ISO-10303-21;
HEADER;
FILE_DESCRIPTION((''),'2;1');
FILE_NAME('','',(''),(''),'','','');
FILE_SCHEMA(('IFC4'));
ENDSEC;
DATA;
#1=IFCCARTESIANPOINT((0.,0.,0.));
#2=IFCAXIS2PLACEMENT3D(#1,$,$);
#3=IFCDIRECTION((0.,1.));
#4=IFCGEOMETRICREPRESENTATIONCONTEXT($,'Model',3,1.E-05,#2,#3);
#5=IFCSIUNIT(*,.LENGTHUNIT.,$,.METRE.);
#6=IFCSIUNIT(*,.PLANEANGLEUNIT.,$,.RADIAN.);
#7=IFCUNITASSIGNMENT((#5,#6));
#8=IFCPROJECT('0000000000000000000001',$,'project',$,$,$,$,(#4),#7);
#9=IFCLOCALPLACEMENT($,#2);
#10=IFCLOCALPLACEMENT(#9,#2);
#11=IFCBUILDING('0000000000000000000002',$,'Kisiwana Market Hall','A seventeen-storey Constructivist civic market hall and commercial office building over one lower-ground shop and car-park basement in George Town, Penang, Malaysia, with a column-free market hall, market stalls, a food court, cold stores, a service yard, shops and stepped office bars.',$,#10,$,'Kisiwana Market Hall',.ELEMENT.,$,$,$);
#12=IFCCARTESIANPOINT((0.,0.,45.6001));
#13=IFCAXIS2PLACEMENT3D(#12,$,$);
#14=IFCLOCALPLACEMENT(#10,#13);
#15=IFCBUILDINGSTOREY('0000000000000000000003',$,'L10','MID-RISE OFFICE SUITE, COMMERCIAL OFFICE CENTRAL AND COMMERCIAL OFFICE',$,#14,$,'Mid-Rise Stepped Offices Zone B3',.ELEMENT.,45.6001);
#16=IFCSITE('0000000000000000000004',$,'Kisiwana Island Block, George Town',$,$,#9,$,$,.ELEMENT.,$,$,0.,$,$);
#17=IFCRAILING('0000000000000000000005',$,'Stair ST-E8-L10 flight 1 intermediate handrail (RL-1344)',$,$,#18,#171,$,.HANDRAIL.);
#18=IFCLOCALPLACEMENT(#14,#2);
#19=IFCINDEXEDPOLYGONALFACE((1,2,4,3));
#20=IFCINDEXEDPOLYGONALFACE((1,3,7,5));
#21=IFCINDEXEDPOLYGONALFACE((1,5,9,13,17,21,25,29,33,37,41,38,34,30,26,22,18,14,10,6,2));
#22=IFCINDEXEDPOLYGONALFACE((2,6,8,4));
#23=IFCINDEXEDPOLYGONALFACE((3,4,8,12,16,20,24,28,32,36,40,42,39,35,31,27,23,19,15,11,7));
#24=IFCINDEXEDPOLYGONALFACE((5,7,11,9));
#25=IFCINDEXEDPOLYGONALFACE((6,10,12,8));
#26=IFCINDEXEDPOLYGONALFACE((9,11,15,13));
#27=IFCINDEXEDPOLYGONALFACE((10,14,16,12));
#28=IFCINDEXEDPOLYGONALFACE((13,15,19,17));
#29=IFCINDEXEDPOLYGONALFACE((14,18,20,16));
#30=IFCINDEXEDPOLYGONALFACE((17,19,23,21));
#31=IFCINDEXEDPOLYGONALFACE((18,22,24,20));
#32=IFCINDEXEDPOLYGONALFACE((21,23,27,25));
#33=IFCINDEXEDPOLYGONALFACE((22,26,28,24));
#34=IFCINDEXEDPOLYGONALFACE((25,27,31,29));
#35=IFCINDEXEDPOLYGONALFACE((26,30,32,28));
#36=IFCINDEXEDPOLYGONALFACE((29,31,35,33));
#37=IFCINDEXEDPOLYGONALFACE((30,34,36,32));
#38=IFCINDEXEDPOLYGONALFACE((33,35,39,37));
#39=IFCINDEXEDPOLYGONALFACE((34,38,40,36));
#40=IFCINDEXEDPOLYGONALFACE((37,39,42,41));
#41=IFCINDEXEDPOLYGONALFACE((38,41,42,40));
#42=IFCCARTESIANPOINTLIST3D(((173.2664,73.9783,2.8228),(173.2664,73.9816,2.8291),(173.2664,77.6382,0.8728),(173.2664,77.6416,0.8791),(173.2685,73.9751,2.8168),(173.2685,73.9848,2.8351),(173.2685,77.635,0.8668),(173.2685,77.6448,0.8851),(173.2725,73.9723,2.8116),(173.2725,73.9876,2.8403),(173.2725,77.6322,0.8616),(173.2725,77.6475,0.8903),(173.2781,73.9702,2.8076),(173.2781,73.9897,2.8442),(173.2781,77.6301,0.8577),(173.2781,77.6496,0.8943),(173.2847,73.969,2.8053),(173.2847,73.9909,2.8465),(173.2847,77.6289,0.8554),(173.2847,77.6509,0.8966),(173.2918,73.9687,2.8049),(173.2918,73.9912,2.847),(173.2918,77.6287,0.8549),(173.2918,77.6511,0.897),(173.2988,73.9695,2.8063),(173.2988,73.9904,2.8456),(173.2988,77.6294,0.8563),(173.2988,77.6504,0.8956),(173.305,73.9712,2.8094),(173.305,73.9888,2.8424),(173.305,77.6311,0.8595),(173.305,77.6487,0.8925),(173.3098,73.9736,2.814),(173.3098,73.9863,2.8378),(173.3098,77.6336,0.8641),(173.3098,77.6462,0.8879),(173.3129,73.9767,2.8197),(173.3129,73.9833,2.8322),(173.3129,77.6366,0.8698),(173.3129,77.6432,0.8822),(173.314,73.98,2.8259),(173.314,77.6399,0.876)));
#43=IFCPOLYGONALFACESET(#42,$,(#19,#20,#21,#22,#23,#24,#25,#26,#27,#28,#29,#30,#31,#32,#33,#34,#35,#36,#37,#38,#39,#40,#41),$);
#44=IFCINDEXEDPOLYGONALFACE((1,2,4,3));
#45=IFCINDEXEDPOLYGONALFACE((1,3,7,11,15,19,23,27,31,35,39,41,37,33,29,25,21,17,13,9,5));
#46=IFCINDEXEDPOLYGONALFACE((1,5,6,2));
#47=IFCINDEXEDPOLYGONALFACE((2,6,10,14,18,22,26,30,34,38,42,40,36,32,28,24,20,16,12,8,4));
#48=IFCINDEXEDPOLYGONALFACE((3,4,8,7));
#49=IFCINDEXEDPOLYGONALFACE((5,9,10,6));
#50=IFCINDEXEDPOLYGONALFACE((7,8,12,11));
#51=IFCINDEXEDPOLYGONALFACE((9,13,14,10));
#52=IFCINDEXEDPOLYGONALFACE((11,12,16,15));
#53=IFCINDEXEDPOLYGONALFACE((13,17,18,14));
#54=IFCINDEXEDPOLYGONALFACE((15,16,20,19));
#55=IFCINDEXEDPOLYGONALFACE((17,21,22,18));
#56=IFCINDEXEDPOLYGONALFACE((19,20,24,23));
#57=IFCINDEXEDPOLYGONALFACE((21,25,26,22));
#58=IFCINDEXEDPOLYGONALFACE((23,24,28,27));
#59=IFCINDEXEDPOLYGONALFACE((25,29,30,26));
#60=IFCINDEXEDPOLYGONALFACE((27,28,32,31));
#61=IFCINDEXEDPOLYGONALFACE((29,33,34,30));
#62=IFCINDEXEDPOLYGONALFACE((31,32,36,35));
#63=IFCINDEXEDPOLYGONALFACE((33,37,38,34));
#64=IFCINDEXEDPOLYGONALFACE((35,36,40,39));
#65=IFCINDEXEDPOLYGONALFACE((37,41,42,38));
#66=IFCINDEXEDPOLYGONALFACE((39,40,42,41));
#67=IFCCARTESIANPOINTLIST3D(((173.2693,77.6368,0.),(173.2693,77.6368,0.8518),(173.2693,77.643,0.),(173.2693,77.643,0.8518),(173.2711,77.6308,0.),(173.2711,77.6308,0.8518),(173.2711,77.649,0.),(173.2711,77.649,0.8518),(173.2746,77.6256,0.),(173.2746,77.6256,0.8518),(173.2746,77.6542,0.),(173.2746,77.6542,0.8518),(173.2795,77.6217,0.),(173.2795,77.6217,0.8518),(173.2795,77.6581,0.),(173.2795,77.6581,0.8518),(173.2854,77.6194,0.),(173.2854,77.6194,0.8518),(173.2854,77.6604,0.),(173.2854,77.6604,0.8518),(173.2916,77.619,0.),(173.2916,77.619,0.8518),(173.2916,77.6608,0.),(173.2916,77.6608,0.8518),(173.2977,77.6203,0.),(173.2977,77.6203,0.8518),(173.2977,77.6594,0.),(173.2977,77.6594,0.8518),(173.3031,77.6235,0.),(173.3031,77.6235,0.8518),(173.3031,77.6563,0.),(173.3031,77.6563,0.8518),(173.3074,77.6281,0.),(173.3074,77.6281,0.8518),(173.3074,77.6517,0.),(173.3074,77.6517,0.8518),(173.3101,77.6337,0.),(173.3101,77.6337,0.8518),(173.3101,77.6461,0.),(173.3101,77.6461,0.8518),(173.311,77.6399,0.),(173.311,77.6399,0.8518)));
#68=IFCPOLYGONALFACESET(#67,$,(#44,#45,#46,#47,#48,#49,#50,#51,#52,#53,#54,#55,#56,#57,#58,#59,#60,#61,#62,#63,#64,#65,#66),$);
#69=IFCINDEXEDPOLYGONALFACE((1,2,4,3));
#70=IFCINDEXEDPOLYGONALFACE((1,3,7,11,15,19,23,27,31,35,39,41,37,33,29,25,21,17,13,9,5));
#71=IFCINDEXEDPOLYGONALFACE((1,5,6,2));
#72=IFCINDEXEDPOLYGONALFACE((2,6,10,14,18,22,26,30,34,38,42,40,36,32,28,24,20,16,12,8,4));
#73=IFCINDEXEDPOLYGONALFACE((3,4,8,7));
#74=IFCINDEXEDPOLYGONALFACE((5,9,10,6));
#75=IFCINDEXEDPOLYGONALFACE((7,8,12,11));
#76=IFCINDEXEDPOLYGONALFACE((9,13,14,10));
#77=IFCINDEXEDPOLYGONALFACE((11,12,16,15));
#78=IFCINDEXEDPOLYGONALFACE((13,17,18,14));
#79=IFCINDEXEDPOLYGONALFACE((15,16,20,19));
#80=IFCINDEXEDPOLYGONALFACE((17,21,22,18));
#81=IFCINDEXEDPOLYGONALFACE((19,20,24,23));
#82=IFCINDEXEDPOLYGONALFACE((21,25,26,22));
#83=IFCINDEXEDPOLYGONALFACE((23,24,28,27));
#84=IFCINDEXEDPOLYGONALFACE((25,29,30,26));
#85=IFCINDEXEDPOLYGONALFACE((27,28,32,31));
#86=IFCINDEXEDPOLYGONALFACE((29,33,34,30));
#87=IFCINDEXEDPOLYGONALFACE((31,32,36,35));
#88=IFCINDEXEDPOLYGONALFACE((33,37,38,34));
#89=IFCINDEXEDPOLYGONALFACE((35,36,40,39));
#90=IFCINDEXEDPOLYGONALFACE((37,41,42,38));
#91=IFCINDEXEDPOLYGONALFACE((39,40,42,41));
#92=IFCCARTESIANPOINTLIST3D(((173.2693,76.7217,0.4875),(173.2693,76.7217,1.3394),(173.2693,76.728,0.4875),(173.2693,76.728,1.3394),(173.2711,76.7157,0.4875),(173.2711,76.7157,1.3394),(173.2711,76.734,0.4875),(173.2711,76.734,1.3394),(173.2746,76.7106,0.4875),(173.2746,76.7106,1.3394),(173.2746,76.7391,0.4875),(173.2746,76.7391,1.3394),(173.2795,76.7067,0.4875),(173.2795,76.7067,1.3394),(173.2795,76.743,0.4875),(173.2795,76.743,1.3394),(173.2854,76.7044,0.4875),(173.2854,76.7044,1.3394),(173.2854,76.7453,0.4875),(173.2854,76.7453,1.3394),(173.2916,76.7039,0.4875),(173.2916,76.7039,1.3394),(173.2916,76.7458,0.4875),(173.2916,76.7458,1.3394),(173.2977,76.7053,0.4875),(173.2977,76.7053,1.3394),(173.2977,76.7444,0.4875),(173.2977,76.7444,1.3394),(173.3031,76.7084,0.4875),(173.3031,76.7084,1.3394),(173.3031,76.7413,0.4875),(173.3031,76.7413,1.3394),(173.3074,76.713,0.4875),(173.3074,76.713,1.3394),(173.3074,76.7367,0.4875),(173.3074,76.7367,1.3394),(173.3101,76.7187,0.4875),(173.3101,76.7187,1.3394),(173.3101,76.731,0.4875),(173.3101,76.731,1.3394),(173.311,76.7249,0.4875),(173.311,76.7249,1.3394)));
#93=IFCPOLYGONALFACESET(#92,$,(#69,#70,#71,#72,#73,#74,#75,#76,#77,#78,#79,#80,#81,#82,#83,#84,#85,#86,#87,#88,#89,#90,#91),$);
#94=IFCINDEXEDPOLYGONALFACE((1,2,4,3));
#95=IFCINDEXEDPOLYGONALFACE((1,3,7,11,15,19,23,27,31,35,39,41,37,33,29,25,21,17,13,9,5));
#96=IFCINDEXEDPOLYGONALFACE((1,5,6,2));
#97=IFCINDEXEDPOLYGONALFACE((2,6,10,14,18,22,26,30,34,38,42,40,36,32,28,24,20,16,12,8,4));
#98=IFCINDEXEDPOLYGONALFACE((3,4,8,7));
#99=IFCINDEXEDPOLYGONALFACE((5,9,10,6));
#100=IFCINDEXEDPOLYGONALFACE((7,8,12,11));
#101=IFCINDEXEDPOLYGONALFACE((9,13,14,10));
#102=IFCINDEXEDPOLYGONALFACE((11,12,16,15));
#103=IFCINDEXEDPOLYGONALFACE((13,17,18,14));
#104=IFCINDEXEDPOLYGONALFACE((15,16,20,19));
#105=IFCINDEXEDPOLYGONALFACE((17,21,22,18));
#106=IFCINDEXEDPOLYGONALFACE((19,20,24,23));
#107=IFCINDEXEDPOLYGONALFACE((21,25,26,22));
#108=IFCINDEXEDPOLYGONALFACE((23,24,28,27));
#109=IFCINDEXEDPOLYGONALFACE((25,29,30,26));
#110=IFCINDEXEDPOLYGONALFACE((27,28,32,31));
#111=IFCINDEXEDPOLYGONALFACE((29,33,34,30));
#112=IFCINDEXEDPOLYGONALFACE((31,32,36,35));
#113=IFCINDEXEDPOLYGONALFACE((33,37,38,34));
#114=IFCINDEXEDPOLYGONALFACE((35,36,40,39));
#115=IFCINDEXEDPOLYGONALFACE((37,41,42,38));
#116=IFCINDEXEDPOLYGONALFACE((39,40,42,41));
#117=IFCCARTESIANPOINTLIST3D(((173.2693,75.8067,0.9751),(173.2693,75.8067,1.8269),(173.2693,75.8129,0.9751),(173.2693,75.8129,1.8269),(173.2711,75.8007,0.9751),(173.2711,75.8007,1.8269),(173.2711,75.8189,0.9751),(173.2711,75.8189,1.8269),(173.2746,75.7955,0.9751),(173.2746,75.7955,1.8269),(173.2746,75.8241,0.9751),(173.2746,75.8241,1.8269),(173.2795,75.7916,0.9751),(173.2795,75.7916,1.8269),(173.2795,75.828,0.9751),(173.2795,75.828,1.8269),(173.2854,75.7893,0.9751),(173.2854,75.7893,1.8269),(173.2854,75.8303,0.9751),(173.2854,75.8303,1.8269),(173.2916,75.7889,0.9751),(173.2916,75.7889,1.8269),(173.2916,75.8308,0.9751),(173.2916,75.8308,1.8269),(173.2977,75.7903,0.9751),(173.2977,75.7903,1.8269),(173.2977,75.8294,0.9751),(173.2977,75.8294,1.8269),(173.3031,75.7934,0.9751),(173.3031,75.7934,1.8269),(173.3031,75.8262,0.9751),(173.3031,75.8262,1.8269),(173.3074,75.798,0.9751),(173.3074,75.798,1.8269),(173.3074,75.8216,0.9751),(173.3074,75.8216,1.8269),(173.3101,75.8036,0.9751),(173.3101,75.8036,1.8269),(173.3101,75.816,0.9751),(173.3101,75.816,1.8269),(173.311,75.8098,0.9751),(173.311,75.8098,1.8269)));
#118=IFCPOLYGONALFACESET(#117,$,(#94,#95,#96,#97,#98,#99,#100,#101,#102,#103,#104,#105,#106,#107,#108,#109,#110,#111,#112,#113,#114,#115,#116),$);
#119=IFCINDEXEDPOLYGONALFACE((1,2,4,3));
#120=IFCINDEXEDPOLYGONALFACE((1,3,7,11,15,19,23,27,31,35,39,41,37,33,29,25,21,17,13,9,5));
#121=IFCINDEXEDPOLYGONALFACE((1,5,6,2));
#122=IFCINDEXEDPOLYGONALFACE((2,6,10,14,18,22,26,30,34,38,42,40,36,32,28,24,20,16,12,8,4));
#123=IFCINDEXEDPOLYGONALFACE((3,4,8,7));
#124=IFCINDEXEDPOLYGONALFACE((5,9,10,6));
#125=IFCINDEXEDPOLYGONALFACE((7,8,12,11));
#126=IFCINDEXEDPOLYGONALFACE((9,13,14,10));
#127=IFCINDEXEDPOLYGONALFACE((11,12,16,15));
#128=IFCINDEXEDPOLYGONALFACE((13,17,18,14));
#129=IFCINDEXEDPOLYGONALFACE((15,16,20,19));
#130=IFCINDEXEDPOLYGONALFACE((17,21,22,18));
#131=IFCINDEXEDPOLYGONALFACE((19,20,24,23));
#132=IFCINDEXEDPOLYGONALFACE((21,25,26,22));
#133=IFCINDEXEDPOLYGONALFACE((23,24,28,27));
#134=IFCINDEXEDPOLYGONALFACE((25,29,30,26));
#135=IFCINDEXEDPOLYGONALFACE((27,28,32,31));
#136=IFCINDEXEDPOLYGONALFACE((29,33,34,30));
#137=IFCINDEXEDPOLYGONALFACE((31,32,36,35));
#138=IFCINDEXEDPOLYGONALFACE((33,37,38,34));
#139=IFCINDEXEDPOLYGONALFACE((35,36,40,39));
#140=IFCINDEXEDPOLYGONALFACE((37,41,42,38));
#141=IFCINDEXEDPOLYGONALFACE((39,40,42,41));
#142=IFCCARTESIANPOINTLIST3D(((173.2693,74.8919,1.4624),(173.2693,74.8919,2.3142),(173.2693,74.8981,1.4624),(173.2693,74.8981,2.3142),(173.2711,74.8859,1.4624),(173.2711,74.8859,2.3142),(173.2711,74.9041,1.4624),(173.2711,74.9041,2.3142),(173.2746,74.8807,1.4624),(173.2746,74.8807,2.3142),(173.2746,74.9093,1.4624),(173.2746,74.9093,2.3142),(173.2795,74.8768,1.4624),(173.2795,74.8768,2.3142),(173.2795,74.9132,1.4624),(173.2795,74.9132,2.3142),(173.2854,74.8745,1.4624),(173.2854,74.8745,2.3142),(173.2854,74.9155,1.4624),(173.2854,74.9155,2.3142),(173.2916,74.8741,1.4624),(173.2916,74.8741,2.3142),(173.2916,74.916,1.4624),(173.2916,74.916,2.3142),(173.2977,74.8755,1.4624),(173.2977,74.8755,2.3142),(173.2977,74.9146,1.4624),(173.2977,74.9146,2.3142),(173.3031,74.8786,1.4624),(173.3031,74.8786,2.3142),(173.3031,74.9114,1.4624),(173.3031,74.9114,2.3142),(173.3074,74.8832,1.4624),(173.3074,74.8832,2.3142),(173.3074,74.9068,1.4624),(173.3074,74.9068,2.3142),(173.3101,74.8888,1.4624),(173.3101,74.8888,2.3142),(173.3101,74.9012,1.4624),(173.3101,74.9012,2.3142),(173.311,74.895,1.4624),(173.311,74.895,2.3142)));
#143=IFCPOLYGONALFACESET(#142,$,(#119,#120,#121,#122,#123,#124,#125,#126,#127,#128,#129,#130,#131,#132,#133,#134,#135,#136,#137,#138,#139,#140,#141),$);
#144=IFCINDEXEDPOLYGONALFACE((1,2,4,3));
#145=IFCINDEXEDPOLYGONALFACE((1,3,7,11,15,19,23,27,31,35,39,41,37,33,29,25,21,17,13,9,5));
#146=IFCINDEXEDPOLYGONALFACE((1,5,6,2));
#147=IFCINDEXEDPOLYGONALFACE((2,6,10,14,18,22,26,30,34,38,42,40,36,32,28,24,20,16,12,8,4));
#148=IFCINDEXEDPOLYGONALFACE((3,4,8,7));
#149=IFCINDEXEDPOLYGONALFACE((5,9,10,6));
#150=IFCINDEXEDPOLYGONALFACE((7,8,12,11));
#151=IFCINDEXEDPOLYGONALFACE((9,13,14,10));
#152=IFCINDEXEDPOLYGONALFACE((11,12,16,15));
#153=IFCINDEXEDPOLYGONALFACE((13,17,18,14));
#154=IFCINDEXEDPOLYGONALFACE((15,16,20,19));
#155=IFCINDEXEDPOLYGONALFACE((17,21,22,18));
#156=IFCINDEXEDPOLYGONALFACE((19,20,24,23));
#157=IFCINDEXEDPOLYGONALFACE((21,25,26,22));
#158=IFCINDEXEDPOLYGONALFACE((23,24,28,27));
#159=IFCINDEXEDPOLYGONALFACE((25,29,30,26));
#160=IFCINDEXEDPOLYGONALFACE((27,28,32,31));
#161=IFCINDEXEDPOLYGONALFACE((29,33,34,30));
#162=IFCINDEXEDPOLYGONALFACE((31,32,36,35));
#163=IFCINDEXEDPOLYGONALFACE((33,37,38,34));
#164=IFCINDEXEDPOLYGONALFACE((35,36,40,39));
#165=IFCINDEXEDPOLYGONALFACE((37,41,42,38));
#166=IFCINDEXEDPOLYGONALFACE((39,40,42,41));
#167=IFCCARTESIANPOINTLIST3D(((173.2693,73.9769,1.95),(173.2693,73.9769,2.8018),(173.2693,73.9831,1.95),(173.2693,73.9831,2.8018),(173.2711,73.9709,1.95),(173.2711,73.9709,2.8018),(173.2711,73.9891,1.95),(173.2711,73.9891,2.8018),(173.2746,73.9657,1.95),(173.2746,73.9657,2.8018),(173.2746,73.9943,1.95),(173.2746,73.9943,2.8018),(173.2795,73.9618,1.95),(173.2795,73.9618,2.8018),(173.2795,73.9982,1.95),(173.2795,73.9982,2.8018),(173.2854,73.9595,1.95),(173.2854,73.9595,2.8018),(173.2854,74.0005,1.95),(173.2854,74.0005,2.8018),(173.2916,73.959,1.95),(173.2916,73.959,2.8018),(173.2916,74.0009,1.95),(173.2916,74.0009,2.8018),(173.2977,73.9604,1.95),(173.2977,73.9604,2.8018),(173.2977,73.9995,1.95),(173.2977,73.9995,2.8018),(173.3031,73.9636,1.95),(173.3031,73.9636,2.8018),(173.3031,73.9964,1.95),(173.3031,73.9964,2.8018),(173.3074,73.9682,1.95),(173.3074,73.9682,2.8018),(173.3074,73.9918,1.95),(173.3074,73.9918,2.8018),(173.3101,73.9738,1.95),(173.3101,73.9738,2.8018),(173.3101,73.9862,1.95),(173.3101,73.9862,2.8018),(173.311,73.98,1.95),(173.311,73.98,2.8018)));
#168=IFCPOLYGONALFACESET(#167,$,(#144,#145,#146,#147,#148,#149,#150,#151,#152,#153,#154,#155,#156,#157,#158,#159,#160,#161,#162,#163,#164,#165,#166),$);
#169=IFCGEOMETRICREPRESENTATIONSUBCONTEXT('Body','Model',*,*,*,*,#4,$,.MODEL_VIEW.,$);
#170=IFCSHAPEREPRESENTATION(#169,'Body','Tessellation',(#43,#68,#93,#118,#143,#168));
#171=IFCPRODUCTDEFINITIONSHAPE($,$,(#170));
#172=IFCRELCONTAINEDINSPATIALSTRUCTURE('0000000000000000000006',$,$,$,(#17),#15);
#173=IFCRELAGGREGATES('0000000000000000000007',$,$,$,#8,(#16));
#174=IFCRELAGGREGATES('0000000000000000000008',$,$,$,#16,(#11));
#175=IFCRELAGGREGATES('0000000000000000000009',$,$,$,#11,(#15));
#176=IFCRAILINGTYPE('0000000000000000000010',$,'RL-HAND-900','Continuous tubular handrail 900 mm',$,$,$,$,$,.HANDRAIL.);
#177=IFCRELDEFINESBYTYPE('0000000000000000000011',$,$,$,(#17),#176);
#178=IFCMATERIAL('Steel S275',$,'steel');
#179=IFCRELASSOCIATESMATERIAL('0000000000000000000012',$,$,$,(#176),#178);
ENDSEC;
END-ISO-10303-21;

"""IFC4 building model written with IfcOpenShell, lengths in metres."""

from ifc_helpers import new_model, si_unit, direction, frame, origin, origin_2d, place, context, subcontext, project, spatial, circle, extrude, material, type_object, element, save


model = new_model("IFC4")

# Units and contexts
model_context = context("Model", 3, precision=1e-05, world=origin(), true_north=direction((0.0, 1.0)))
body_context = subcontext(model_context, "Body", "Model", "MODEL_VIEW")
ifc_project = project(units=[si_unit("LENGTHUNIT", "METRE"), si_unit("PLANEANGLEUNIT", "RADIAN")], contexts=[model_context])

# Site, building, storey
site_placement = place(None, origin())
site = spatial("IfcSite", under=ifc_project, at=site_placement, Name="Kisiwana Island Block, George Town", CompositionType="ELEMENT", RefElevation=0.0)
building_placement = place(site_placement, origin())
building = spatial("IfcBuilding", under=site, at=building_placement, Name="Kisiwana Market Hall", Description="A seventeen-storey Constructivist civic market hall and commercial office building over one lower-ground shop and car-park basement in George Town, Penang, Malaysia, with a column-free market hall, market stalls, a food court, cold stores, a service yard, shops and stepped office bars.", LongName="Kisiwana Market Hall", CompositionType="ELEMENT")
storey_placement = place(building_placement, frame((0.0, 0.0, 45.6001)))
storey = spatial("IfcBuildingStorey", under=building, at=storey_placement, Name="L10", Description="MID-RISE OFFICE SUITE, COMMERCIAL OFFICE CENTRAL AND COMMERCIAL OFFICE", LongName="Mid-Rise Stepped Offices Zone B3", CompositionType="ELEMENT", Elevation=45.6001)

# Railing
ifc_material_1 = material(Name="Steel S275", Category="steel")
railing_type_1 = type_object("IfcRailingType", Name="RL-HAND-900", Description="Continuous tubular handrail 900 mm", PredefinedType="HANDRAIL", material=ifc_material_1)
railing_1_placement = place(storey_placement, frame((173.29, 77.6399, 0.0)))
element("IfcRailing", 1, at=railing_1_placement, inside=storey, type_object=railing_type_1, Name="Stair ST-E8-L10 flight 1 intermediate handrail (RL-1344)", PredefinedType="HANDRAIL", context=body_context, shape_type="SweptSolid", body=[
    extrude(circle(Radius=0.0239, at=origin_2d()), frame((0.0, 0.0, 0.876), z_axis=(0.0, -0.882553, 0.470212), x_axis=(1.0, 0.0, 0.0)), (0.0, 0.0, 1.0), 4.147),
    extrude(circle(Radius=0.021, at=origin_2d()), origin(), (0.0, 0.0, 1.0), 0.8518),
    extrude(circle(Radius=0.021, at=origin_2d()), frame((0.0, -0.915, 0.4875)), (0.0, 0.0, 1.0), 0.8518),
    extrude(circle(Radius=0.021, at=origin_2d()), frame((0.0, -1.8301, 0.9751)), (0.0, 0.0, 1.0), 0.8518),
    extrude(circle(Radius=0.021, at=origin_2d()), frame((0.0, -2.7449, 1.4624)), (0.0, 0.0, 1.0), 0.8518),
    extrude(circle(Radius=0.021, at=origin_2d()), frame((0.0, -3.6599, 1.95)), (0.0, 0.0, 1.0), 0.8518),
])

save(model, "model.ifc")
